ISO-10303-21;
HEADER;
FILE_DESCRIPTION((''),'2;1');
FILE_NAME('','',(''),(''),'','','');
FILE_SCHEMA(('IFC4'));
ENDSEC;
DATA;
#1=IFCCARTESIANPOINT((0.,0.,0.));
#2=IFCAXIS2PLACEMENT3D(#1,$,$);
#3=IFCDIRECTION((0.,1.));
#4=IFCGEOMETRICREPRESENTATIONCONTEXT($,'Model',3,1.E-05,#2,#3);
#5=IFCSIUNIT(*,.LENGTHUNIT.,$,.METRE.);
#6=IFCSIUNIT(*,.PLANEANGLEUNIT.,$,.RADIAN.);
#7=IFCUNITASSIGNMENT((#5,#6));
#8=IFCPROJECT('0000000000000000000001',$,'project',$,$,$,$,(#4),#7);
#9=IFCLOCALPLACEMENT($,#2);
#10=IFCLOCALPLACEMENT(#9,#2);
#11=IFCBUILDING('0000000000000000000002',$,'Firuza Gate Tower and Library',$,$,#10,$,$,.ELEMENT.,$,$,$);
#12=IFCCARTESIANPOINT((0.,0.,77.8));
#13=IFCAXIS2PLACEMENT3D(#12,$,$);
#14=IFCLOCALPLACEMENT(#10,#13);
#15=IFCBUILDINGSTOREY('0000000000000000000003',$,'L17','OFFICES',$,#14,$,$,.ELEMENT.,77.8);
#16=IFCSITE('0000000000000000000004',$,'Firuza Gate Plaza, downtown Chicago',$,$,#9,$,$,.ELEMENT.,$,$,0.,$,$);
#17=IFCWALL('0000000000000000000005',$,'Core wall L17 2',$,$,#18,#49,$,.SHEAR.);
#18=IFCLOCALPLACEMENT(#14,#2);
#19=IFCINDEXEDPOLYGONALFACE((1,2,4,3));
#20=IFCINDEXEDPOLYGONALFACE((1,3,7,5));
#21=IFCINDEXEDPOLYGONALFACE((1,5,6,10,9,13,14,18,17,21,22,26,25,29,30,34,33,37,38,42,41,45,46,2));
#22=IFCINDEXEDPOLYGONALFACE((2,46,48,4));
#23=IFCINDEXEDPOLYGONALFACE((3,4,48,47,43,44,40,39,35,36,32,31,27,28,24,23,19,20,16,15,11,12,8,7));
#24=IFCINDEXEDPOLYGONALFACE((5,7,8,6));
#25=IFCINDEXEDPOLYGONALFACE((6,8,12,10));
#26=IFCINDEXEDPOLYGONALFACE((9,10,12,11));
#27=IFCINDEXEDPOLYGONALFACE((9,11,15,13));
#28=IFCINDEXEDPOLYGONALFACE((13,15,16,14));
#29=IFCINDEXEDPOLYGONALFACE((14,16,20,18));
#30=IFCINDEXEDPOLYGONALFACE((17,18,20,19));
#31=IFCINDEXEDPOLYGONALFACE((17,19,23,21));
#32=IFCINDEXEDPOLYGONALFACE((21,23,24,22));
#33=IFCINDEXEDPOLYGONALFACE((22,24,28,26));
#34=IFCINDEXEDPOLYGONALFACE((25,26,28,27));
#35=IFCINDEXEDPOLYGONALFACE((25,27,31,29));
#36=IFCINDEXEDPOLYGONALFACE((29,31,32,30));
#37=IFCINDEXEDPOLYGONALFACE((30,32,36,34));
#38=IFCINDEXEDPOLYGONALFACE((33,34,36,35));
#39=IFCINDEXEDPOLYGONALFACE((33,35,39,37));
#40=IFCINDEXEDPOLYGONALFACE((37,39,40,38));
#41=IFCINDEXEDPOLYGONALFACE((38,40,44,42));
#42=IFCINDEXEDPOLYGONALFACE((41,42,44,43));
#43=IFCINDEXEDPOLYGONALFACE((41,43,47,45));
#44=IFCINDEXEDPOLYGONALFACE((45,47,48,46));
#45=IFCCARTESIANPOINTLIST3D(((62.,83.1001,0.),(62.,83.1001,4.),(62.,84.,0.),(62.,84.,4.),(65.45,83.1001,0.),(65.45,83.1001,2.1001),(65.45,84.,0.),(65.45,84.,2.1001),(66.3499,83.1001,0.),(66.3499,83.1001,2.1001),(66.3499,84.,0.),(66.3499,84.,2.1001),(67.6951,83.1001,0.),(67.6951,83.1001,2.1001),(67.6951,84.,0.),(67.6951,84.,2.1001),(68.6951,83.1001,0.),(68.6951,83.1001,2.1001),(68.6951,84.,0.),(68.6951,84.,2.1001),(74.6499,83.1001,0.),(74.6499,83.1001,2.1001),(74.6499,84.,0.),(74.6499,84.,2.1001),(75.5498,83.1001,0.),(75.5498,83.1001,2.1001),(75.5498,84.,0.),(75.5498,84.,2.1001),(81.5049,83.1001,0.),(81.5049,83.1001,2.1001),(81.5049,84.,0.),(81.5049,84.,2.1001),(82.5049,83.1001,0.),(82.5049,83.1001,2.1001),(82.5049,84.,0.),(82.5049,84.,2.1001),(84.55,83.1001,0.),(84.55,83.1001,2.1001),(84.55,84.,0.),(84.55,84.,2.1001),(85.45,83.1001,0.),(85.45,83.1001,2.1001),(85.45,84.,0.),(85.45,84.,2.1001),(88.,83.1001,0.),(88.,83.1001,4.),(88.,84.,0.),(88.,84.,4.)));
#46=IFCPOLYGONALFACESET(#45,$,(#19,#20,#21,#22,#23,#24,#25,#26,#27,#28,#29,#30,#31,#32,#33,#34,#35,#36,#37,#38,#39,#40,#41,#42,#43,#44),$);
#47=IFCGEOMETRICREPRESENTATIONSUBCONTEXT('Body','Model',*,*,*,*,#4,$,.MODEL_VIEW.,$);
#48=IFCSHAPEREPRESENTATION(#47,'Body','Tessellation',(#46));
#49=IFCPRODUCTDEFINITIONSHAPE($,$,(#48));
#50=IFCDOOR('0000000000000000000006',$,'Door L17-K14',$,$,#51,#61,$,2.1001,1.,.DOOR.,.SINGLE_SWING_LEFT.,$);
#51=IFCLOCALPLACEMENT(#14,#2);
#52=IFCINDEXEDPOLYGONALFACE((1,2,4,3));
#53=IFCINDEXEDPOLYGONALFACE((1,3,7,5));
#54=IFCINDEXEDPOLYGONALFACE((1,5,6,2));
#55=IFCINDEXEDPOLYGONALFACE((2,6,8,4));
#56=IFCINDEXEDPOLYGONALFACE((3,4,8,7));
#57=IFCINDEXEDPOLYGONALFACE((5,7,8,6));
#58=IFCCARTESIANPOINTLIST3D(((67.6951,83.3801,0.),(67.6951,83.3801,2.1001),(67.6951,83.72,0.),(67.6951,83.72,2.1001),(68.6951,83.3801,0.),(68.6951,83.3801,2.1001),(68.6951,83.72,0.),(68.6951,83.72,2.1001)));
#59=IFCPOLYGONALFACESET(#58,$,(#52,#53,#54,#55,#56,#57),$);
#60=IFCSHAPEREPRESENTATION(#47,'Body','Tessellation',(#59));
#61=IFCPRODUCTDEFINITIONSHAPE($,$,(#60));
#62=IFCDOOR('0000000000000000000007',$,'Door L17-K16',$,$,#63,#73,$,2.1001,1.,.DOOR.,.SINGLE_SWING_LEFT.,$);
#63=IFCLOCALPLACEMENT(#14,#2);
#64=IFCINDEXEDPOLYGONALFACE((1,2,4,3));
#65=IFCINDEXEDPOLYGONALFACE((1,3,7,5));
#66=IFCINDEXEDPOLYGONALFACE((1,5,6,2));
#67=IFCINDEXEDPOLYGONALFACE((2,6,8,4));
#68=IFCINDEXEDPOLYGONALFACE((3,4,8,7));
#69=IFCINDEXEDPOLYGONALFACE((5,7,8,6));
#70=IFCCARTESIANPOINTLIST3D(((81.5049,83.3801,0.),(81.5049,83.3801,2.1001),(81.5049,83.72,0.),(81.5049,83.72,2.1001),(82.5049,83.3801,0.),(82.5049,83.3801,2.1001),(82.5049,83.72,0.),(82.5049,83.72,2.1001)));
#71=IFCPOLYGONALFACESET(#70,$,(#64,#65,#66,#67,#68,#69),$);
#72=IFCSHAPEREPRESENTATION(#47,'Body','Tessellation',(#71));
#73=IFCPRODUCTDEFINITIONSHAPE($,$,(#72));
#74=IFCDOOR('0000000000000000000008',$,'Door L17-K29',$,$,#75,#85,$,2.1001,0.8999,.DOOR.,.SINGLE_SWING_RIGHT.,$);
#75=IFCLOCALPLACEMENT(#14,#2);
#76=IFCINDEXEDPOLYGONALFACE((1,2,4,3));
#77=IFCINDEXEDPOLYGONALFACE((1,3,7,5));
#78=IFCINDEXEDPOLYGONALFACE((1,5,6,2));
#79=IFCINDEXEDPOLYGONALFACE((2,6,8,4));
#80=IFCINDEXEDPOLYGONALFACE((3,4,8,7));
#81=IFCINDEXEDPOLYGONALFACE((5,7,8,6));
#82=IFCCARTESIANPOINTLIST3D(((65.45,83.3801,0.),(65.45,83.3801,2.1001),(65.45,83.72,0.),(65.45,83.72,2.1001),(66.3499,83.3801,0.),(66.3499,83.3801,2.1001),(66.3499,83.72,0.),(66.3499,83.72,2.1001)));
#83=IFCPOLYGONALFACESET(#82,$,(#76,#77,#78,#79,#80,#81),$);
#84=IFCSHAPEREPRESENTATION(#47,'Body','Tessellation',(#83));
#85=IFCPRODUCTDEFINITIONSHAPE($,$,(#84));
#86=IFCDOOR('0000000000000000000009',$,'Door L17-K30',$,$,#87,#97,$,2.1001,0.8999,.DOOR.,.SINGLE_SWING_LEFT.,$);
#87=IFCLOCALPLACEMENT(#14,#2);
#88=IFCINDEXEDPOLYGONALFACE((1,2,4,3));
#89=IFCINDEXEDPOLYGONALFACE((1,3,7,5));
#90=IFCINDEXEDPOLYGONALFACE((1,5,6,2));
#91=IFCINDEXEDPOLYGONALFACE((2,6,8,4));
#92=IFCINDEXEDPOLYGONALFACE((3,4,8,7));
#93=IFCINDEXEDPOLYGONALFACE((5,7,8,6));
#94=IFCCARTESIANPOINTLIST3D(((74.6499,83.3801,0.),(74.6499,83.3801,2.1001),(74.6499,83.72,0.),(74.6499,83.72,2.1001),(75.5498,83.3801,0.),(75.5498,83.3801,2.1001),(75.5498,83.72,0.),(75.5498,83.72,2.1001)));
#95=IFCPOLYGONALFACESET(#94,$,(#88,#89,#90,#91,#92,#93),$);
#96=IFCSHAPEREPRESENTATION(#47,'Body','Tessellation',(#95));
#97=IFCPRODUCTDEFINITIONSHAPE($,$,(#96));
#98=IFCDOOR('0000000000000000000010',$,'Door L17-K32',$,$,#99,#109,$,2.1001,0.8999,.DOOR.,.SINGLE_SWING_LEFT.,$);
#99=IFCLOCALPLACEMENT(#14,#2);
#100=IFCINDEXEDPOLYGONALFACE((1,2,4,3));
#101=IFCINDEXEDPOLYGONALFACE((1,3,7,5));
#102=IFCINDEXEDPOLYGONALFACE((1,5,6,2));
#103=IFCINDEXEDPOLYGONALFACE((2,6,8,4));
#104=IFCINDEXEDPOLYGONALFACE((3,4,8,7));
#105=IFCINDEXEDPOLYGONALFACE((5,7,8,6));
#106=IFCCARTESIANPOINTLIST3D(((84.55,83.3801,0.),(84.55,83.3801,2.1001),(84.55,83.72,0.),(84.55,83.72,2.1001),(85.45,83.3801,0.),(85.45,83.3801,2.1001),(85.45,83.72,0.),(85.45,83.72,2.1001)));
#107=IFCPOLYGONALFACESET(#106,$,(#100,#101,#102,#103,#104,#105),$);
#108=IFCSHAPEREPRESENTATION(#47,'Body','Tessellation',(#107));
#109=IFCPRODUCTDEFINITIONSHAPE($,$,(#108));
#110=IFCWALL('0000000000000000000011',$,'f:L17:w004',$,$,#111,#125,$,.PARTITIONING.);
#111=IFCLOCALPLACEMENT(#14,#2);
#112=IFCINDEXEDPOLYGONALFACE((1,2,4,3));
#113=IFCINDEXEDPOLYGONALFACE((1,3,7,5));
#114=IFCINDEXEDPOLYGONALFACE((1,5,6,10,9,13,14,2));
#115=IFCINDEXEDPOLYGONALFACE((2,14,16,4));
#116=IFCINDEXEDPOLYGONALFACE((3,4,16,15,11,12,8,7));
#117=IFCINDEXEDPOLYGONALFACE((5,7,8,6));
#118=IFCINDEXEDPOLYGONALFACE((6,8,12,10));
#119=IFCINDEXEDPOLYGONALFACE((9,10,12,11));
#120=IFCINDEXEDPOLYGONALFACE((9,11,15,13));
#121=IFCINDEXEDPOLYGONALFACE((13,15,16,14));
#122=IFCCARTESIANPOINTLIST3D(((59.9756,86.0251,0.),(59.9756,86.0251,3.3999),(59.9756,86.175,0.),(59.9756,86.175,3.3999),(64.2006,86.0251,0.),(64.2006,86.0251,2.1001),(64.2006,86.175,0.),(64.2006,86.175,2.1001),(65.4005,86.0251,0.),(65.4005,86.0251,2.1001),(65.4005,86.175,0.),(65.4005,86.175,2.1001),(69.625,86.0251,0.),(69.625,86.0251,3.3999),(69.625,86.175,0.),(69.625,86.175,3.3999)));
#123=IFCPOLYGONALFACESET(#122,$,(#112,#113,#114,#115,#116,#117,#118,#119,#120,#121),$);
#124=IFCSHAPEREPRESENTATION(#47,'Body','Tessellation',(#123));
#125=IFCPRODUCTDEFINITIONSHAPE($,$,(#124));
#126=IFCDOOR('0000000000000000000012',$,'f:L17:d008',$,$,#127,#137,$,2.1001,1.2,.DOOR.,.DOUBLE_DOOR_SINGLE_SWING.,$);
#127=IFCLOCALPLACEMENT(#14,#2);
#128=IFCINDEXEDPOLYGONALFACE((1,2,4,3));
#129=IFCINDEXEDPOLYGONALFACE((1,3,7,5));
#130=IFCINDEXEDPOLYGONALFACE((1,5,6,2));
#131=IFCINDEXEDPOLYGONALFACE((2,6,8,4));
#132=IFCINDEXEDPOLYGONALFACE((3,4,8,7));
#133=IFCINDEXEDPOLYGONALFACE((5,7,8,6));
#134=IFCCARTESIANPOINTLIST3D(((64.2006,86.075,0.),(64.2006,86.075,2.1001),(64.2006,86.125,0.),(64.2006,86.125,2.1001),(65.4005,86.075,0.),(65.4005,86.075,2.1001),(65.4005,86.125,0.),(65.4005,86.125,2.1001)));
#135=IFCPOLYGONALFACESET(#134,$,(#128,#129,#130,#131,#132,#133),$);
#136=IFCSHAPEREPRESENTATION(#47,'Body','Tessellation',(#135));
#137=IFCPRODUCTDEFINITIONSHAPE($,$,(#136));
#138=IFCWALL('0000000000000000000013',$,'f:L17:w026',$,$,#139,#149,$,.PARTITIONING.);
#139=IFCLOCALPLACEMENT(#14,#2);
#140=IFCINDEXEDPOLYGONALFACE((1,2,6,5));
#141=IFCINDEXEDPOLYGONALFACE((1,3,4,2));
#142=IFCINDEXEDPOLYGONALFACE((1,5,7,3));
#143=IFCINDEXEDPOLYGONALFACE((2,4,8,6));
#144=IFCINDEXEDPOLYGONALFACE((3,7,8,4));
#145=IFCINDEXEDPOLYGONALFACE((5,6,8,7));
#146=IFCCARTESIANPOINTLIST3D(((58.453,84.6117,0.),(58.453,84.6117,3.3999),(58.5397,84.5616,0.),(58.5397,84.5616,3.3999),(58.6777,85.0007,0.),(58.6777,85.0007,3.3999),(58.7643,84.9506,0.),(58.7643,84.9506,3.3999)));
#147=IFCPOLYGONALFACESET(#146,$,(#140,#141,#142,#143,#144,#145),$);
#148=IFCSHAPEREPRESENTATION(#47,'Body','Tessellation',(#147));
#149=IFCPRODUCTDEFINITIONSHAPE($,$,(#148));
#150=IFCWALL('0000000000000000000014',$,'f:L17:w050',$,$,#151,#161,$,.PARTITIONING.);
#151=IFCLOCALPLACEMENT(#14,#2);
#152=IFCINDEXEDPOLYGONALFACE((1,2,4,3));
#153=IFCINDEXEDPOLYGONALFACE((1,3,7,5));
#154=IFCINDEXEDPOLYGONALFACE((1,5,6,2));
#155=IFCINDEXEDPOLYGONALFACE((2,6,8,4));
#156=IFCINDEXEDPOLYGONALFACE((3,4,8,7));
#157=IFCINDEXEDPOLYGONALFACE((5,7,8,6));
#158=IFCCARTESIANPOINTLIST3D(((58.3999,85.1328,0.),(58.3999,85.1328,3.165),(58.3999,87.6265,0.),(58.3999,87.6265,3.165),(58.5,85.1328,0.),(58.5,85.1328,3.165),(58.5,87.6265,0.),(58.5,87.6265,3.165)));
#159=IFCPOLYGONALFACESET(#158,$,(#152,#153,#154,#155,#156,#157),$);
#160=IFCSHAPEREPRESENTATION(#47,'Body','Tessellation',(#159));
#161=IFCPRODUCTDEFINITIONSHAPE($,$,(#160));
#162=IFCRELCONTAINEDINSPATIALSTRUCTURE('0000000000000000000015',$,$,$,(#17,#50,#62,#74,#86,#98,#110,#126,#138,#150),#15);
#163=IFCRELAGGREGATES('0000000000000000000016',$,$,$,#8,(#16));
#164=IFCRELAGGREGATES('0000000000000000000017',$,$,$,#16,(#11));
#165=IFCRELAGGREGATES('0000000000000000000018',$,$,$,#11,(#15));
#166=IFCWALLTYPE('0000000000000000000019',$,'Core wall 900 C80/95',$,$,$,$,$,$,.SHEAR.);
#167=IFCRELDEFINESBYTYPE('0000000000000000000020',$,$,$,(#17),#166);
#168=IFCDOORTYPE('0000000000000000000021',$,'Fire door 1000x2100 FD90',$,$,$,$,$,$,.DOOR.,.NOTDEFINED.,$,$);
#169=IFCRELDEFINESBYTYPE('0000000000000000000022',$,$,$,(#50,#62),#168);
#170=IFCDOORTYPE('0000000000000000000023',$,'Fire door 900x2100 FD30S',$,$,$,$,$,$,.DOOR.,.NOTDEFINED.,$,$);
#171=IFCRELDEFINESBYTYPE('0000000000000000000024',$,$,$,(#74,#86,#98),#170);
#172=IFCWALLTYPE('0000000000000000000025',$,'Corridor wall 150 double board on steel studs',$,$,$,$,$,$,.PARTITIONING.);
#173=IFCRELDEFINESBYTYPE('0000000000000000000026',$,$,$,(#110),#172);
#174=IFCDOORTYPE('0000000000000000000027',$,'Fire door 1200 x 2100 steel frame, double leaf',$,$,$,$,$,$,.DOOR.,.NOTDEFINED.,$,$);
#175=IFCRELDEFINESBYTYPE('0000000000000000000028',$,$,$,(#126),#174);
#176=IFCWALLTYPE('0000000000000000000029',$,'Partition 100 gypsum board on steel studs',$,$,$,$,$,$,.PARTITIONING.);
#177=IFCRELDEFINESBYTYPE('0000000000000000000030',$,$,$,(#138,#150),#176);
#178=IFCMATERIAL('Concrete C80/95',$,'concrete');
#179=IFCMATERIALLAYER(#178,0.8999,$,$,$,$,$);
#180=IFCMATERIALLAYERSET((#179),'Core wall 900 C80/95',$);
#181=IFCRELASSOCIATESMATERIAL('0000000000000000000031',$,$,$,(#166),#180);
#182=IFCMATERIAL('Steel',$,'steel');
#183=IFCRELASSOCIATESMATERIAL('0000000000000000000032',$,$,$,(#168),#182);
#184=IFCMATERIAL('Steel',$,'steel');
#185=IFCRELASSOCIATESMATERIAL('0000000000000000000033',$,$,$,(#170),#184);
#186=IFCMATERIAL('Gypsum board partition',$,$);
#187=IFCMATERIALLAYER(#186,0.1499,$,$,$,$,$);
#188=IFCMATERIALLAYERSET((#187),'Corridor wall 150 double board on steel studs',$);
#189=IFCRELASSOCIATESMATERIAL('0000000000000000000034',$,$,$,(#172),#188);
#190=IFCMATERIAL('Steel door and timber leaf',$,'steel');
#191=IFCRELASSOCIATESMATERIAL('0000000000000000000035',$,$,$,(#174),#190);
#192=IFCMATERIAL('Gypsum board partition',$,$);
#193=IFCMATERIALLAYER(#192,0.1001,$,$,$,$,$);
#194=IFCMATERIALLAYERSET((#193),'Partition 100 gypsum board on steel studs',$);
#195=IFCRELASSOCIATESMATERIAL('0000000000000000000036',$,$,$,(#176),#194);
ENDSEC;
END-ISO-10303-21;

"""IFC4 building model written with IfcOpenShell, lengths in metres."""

from ifc_helpers import new_model, si_unit, direction, frame, frame_2d, origin, place, context, subcontext, project, spatial, rectangle, extrude, material, layer, layer_set, type_object, element, fill, save


model = new_model("IFC4")

# Units and contexts
model_context = context("Model", 3, precision=1e-05, world=origin(), true_north=direction((0.0, 1.0)))
body_context = subcontext(model_context, "Body", "Model", "MODEL_VIEW")
ifc_project = project(units=[si_unit("LENGTHUNIT", "METRE"), si_unit("PLANEANGLEUNIT", "RADIAN")], contexts=[model_context])

# Site, building, storey
site_placement = place(None, origin())
site = spatial("IfcSite", under=ifc_project, at=site_placement, Name="Firuza Gate Plaza, downtown Chicago", CompositionType="ELEMENT", RefElevation=0.0)
building_placement = place(site_placement, origin())
building = spatial("IfcBuilding", under=site, at=building_placement, Name="Firuza Gate Tower and Library", CompositionType="ELEMENT")
storey_placement = place(building_placement, frame((0.0, 0.0, 77.8)))
storey = spatial("IfcBuildingStorey", under=building, at=storey_placement, Name="L17", Description="OFFICES", CompositionType="ELEMENT", Elevation=77.8)

# Wall, openings, doors
ifc_material_1 = material(Name="Concrete C80/95", Category="concrete")
ifc_layer_1 = layer(ifc_material_1, 0.8999)
ifc_layer_set_1 = layer_set([ifc_layer_1], Name="Core wall 900 C80/95")
wall_type_1 = type_object("IfcWallType", Name="Core wall 900 C80/95", PredefinedType="SHEAR", material=ifc_layer_set_1)
wall_1_placement = place(storey_placement, frame((62.0, 83.55, 0.0), z_axis=(0.0, 0.0, 1.0), x_axis=(1.0, 0.0, 0.0)))
wall_1 = element("IfcWall", 1, at=wall_1_placement, inside=storey, type_object=wall_type_1, Name="Core wall L17 2", PredefinedType="SHEAR", context=body_context, shape_type="SweptSolid", body=[
    extrude(rectangle(XDim=26.0, YDim=0.8999, at=frame_2d((13.0, 0.0))), origin(), (0.0, 0.0, 1.0), 4.0),
])
opening_1_placement = place(wall_1_placement, frame((5.6951, 0.0, 0.0)))
opening_1 = element("IfcOpeningElement", 2, at=opening_1_placement, cuts=wall_1, PredefinedType="OPENING", context=body_context, shape_type="SweptSolid", body=[
    extrude(rectangle(XDim=1.0, YDim=2.1001, at=frame_2d((0.5, 1.05))), frame((0.0, 0.46, 0.0), z_axis=(0.0, -1.0, 0.0), x_axis=(1.0, 0.0, 0.0)), (0.0, 0.0, 1.0), 0.9199),
])
opening_2_placement = place(wall_1_placement, frame((19.5049, 0.0, 0.0)))
opening_2 = element("IfcOpeningElement", 3, at=opening_2_placement, cuts=wall_1, PredefinedType="OPENING", context=body_context, shape_type="SweptSolid", body=[
    extrude(rectangle(XDim=1.0, YDim=2.1001, at=frame_2d((0.5, 1.05))), frame((0.0, 0.46, 0.0), z_axis=(0.0, -1.0, 0.0), x_axis=(1.0, 0.0, 0.0)), (0.0, 0.0, 1.0), 0.9199),
])
opening_3_placement = place(wall_1_placement, frame((3.45, 0.0, 0.0)))
opening_3 = element("IfcOpeningElement", 4, at=opening_3_placement, cuts=wall_1, PredefinedType="OPENING", context=body_context, shape_type="SweptSolid", body=[
    extrude(rectangle(XDim=0.8999, YDim=2.1001, at=frame_2d((0.45, 1.05))), frame((0.0, 0.46, 0.0), z_axis=(0.0, -1.0, 0.0), x_axis=(1.0, 0.0, 0.0)), (0.0, 0.0, 1.0), 0.9199),
])
opening_4_placement = place(wall_1_placement, frame((12.6499, 0.0, 0.0)))
opening_4 = element("IfcOpeningElement", 5, at=opening_4_placement, cuts=wall_1, PredefinedType="OPENING", context=body_context, shape_type="SweptSolid", body=[
    extrude(rectangle(XDim=0.8999, YDim=2.1001, at=frame_2d((0.45, 1.05))), frame((0.0, 0.46, 0.0), z_axis=(0.0, -1.0, 0.0), x_axis=(1.0, 0.0, 0.0)), (0.0, 0.0, 1.0), 0.9199),
])
opening_5_placement = place(wall_1_placement, frame((22.55, 0.0, 0.0)))
opening_5 = element("IfcOpeningElement", 6, at=opening_5_placement, cuts=wall_1, PredefinedType="OPENING", context=body_context, shape_type="SweptSolid", body=[
    extrude(rectangle(XDim=0.8999, YDim=2.1001, at=frame_2d((0.45, 1.05))), frame((0.0, 0.46, 0.0), z_axis=(0.0, -1.0, 0.0), x_axis=(1.0, 0.0, 0.0)), (0.0, 0.0, 1.0), 0.9199),
])
ifc_material_2 = material(Name="Steel", Category="steel")
door_type_1 = type_object("IfcDoorType", Name="Fire door 1000x2100 FD90", OperationType="NOTDEFINED", PredefinedType="DOOR", material=ifc_material_2)
door_1_placement = place(opening_1_placement, origin())
door_1 = element("IfcDoor", 7, at=door_1_placement, inside=storey, type_object=door_type_1, Name="Door L17-K14", OperationType="SINGLE_SWING_LEFT", OverallHeight=2.1001, OverallWidth=1.0, PredefinedType="DOOR", context=body_context, shape_type="SweptSolid", body=[
    extrude(rectangle(XDim=1.0, YDim=2.1001, at=frame_2d((0.5, 1.05))), frame((0.0, 0.1699, 0.0), z_axis=(0.0, -1.0, 0.0), x_axis=(1.0, 0.0, 0.0)), (0.0, 0.0, 1.0), 0.3398),
])
fill(opening_1, door_1)
door_2_placement = place(opening_2_placement, origin())
door_2 = element("IfcDoor", 8, at=door_2_placement, inside=storey, type_object=door_type_1, Name="Door L17-K16", OperationType="SINGLE_SWING_LEFT", OverallHeight=2.1001, OverallWidth=1.0, PredefinedType="DOOR", context=body_context, shape_type="SweptSolid", body=[
    extrude(rectangle(XDim=1.0, YDim=2.1001, at=frame_2d((0.5, 1.05))), frame((0.0, 0.1699, 0.0), z_axis=(0.0, -1.0, 0.0), x_axis=(1.0, 0.0, 0.0)), (0.0, 0.0, 1.0), 0.3398),
])
fill(opening_2, door_2)
ifc_material_3 = material(Name="Steel", Category="steel")
door_type_2 = type_object("IfcDoorType", Name="Fire door 900x2100 FD30S", OperationType="NOTDEFINED", PredefinedType="DOOR", material=ifc_material_3)
door_3_placement = place(opening_3_placement, origin())
door_3 = element("IfcDoor", 9, at=door_3_placement, inside=storey, type_object=door_type_2, Name="Door L17-K29", OperationType="SINGLE_SWING_RIGHT", OverallHeight=2.1001, OverallWidth=0.8999, PredefinedType="DOOR", context=body_context, shape_type="SweptSolid", body=[
    extrude(rectangle(XDim=0.8999, YDim=2.1001, at=frame_2d((0.45, 1.05))), frame((0.0, 0.1699, 0.0), z_axis=(0.0, -1.0, 0.0), x_axis=(1.0, 0.0, 0.0)), (0.0, 0.0, 1.0), 0.3398),
])
fill(opening_3, door_3)
door_4_placement = place(opening_4_placement, origin())
door_4 = element("IfcDoor", 10, at=door_4_placement, inside=storey, type_object=door_type_2, Name="Door L17-K30", OperationType="SINGLE_SWING_LEFT", OverallHeight=2.1001, OverallWidth=0.8999, PredefinedType="DOOR", context=body_context, shape_type="SweptSolid", body=[
    extrude(rectangle(XDim=0.8999, YDim=2.1001, at=frame_2d((0.45, 1.05))), frame((0.0, 0.1699, 0.0), z_axis=(0.0, -1.0, 0.0), x_axis=(1.0, 0.0, 0.0)), (0.0, 0.0, 1.0), 0.3398),
])
fill(opening_4, door_4)
door_5_placement = place(opening_5_placement, origin())
door_5 = element("IfcDoor", 11, at=door_5_placement, inside=storey, type_object=door_type_2, Name="Door L17-K32", OperationType="SINGLE_SWING_LEFT", OverallHeight=2.1001, OverallWidth=0.8999, PredefinedType="DOOR", context=body_context, shape_type="SweptSolid", body=[
    extrude(rectangle(XDim=0.8999, YDim=2.1001, at=frame_2d((0.45, 1.05))), frame((0.0, 0.1699, 0.0), z_axis=(0.0, -1.0, 0.0), x_axis=(1.0, 0.0, 0.0)), (0.0, 0.0, 1.0), 0.3398),
])
fill(opening_5, door_5)

# Wall, opening, door
ifc_material_4 = material(Name="Gypsum board partition")
ifc_layer_2 = layer(ifc_material_4, 0.1499)
ifc_layer_set_2 = layer_set([ifc_layer_2], Name="Corridor wall 150 double board on steel studs")
wall_type_2 = type_object("IfcWallType", Name="Corridor wall 150 double board on steel studs", PredefinedType="PARTITIONING", material=ifc_layer_set_2)
wall_2_placement = place(storey_placement, frame((59.9756, 86.1001, 0.0), z_axis=(0.0, 0.0, 1.0), x_axis=(1.0, 0.0, 0.0)))
wall_2 = element("IfcWall", 12, at=wall_2_placement, inside=storey, type_object=wall_type_2, Name="f:L17:w004", PredefinedType="PARTITIONING", context=body_context, shape_type="SweptSolid", body=[
    extrude(rectangle(XDim=9.6494, YDim=0.1499, at=frame_2d((4.8247, 0.0))), origin(), (0.0, 0.0, 1.0), 3.3999),
])
opening_6_placement = place(wall_2_placement, frame((4.2249, 0.0, 0.0)))
opening_6 = element("IfcOpeningElement", 13, at=opening_6_placement, cuts=wall_2, PredefinedType="OPENING", context=body_context, shape_type="SweptSolid", body=[
    extrude(rectangle(XDim=1.2, YDim=2.1001, at=frame_2d((0.6001, 1.05))), frame((0.0, 0.085, 0.0), z_axis=(0.0, -1.0, 0.0), x_axis=(1.0, 0.0, 0.0)), (0.0, 0.0, 1.0), 0.1699),
])
ifc_material_5 = material(Name="Steel door and timber leaf", Category="steel")
door_type_3 = type_object("IfcDoorType", Name="Fire door 1200 x 2100 steel frame, double leaf", OperationType="NOTDEFINED", PredefinedType="DOOR", material=ifc_material_5)
door_6_placement = place(opening_6_placement, origin())
door_6 = element("IfcDoor", 14, at=door_6_placement, inside=storey, type_object=door_type_3, Name="f:L17:d008", OperationType="DOUBLE_DOOR_SINGLE_SWING", OverallHeight=2.1001, OverallWidth=1.2, PredefinedType="DOOR", context=body_context, shape_type="SweptSolid", body=[
    extrude(rectangle(XDim=1.2, YDim=2.1001, at=frame_2d((0.6001, 1.05))), frame((0.0, 0.0249, 0.0), z_axis=(0.0, -1.0, 0.0), x_axis=(1.0, 0.0, 0.0)), (0.0, 0.0, 1.0), 0.05),
])
fill(opening_6, door_6)

# Walls
ifc_material_6 = material(Name="Gypsum board partition")
ifc_layer_3 = layer(ifc_material_6, 0.1001)
ifc_layer_set_3 = layer_set([ifc_layer_3], Name="Partition 100 gypsum board on steel studs")
wall_type_3 = type_object("IfcWallType", Name="Partition 100 gypsum board on steel studs", PredefinedType="PARTITIONING", material=ifc_layer_set_3)
wall_3_placement = place(storey_placement, frame((58.4963, 84.5867, 0.0), z_axis=(0.0, 0.0, 1.0), x_axis=(0.500115, 0.865959, 0.0)))
element("IfcWall", 15, at=wall_3_placement, inside=storey, type_object=wall_type_3, Name="f:L17:w026", PredefinedType="PARTITIONING", context=body_context, shape_type="SweptSolid", body=[
    extrude(rectangle(XDim=0.4492, YDim=0.1001, at=frame_2d((0.2246, 0.0))), origin(), (0.0, 0.0, 1.0), 3.3999),
])
wall_4_placement = place(storey_placement, frame((58.45, 85.1328, 0.0), z_axis=(0.0, 0.0, 1.0), x_axis=(0.0, 1.0, 0.0)))
element("IfcWall", 16, at=wall_4_placement, inside=storey, type_object=wall_type_3, Name="f:L17:w050", PredefinedType="PARTITIONING", context=body_context, shape_type="SweptSolid", body=[
    extrude(rectangle(XDim=2.4937, YDim=0.1001, at=frame_2d((1.2468, 0.0))), origin(), (0.0, 0.0, 1.0), 3.165),
])

save(model, "model.ifc")
